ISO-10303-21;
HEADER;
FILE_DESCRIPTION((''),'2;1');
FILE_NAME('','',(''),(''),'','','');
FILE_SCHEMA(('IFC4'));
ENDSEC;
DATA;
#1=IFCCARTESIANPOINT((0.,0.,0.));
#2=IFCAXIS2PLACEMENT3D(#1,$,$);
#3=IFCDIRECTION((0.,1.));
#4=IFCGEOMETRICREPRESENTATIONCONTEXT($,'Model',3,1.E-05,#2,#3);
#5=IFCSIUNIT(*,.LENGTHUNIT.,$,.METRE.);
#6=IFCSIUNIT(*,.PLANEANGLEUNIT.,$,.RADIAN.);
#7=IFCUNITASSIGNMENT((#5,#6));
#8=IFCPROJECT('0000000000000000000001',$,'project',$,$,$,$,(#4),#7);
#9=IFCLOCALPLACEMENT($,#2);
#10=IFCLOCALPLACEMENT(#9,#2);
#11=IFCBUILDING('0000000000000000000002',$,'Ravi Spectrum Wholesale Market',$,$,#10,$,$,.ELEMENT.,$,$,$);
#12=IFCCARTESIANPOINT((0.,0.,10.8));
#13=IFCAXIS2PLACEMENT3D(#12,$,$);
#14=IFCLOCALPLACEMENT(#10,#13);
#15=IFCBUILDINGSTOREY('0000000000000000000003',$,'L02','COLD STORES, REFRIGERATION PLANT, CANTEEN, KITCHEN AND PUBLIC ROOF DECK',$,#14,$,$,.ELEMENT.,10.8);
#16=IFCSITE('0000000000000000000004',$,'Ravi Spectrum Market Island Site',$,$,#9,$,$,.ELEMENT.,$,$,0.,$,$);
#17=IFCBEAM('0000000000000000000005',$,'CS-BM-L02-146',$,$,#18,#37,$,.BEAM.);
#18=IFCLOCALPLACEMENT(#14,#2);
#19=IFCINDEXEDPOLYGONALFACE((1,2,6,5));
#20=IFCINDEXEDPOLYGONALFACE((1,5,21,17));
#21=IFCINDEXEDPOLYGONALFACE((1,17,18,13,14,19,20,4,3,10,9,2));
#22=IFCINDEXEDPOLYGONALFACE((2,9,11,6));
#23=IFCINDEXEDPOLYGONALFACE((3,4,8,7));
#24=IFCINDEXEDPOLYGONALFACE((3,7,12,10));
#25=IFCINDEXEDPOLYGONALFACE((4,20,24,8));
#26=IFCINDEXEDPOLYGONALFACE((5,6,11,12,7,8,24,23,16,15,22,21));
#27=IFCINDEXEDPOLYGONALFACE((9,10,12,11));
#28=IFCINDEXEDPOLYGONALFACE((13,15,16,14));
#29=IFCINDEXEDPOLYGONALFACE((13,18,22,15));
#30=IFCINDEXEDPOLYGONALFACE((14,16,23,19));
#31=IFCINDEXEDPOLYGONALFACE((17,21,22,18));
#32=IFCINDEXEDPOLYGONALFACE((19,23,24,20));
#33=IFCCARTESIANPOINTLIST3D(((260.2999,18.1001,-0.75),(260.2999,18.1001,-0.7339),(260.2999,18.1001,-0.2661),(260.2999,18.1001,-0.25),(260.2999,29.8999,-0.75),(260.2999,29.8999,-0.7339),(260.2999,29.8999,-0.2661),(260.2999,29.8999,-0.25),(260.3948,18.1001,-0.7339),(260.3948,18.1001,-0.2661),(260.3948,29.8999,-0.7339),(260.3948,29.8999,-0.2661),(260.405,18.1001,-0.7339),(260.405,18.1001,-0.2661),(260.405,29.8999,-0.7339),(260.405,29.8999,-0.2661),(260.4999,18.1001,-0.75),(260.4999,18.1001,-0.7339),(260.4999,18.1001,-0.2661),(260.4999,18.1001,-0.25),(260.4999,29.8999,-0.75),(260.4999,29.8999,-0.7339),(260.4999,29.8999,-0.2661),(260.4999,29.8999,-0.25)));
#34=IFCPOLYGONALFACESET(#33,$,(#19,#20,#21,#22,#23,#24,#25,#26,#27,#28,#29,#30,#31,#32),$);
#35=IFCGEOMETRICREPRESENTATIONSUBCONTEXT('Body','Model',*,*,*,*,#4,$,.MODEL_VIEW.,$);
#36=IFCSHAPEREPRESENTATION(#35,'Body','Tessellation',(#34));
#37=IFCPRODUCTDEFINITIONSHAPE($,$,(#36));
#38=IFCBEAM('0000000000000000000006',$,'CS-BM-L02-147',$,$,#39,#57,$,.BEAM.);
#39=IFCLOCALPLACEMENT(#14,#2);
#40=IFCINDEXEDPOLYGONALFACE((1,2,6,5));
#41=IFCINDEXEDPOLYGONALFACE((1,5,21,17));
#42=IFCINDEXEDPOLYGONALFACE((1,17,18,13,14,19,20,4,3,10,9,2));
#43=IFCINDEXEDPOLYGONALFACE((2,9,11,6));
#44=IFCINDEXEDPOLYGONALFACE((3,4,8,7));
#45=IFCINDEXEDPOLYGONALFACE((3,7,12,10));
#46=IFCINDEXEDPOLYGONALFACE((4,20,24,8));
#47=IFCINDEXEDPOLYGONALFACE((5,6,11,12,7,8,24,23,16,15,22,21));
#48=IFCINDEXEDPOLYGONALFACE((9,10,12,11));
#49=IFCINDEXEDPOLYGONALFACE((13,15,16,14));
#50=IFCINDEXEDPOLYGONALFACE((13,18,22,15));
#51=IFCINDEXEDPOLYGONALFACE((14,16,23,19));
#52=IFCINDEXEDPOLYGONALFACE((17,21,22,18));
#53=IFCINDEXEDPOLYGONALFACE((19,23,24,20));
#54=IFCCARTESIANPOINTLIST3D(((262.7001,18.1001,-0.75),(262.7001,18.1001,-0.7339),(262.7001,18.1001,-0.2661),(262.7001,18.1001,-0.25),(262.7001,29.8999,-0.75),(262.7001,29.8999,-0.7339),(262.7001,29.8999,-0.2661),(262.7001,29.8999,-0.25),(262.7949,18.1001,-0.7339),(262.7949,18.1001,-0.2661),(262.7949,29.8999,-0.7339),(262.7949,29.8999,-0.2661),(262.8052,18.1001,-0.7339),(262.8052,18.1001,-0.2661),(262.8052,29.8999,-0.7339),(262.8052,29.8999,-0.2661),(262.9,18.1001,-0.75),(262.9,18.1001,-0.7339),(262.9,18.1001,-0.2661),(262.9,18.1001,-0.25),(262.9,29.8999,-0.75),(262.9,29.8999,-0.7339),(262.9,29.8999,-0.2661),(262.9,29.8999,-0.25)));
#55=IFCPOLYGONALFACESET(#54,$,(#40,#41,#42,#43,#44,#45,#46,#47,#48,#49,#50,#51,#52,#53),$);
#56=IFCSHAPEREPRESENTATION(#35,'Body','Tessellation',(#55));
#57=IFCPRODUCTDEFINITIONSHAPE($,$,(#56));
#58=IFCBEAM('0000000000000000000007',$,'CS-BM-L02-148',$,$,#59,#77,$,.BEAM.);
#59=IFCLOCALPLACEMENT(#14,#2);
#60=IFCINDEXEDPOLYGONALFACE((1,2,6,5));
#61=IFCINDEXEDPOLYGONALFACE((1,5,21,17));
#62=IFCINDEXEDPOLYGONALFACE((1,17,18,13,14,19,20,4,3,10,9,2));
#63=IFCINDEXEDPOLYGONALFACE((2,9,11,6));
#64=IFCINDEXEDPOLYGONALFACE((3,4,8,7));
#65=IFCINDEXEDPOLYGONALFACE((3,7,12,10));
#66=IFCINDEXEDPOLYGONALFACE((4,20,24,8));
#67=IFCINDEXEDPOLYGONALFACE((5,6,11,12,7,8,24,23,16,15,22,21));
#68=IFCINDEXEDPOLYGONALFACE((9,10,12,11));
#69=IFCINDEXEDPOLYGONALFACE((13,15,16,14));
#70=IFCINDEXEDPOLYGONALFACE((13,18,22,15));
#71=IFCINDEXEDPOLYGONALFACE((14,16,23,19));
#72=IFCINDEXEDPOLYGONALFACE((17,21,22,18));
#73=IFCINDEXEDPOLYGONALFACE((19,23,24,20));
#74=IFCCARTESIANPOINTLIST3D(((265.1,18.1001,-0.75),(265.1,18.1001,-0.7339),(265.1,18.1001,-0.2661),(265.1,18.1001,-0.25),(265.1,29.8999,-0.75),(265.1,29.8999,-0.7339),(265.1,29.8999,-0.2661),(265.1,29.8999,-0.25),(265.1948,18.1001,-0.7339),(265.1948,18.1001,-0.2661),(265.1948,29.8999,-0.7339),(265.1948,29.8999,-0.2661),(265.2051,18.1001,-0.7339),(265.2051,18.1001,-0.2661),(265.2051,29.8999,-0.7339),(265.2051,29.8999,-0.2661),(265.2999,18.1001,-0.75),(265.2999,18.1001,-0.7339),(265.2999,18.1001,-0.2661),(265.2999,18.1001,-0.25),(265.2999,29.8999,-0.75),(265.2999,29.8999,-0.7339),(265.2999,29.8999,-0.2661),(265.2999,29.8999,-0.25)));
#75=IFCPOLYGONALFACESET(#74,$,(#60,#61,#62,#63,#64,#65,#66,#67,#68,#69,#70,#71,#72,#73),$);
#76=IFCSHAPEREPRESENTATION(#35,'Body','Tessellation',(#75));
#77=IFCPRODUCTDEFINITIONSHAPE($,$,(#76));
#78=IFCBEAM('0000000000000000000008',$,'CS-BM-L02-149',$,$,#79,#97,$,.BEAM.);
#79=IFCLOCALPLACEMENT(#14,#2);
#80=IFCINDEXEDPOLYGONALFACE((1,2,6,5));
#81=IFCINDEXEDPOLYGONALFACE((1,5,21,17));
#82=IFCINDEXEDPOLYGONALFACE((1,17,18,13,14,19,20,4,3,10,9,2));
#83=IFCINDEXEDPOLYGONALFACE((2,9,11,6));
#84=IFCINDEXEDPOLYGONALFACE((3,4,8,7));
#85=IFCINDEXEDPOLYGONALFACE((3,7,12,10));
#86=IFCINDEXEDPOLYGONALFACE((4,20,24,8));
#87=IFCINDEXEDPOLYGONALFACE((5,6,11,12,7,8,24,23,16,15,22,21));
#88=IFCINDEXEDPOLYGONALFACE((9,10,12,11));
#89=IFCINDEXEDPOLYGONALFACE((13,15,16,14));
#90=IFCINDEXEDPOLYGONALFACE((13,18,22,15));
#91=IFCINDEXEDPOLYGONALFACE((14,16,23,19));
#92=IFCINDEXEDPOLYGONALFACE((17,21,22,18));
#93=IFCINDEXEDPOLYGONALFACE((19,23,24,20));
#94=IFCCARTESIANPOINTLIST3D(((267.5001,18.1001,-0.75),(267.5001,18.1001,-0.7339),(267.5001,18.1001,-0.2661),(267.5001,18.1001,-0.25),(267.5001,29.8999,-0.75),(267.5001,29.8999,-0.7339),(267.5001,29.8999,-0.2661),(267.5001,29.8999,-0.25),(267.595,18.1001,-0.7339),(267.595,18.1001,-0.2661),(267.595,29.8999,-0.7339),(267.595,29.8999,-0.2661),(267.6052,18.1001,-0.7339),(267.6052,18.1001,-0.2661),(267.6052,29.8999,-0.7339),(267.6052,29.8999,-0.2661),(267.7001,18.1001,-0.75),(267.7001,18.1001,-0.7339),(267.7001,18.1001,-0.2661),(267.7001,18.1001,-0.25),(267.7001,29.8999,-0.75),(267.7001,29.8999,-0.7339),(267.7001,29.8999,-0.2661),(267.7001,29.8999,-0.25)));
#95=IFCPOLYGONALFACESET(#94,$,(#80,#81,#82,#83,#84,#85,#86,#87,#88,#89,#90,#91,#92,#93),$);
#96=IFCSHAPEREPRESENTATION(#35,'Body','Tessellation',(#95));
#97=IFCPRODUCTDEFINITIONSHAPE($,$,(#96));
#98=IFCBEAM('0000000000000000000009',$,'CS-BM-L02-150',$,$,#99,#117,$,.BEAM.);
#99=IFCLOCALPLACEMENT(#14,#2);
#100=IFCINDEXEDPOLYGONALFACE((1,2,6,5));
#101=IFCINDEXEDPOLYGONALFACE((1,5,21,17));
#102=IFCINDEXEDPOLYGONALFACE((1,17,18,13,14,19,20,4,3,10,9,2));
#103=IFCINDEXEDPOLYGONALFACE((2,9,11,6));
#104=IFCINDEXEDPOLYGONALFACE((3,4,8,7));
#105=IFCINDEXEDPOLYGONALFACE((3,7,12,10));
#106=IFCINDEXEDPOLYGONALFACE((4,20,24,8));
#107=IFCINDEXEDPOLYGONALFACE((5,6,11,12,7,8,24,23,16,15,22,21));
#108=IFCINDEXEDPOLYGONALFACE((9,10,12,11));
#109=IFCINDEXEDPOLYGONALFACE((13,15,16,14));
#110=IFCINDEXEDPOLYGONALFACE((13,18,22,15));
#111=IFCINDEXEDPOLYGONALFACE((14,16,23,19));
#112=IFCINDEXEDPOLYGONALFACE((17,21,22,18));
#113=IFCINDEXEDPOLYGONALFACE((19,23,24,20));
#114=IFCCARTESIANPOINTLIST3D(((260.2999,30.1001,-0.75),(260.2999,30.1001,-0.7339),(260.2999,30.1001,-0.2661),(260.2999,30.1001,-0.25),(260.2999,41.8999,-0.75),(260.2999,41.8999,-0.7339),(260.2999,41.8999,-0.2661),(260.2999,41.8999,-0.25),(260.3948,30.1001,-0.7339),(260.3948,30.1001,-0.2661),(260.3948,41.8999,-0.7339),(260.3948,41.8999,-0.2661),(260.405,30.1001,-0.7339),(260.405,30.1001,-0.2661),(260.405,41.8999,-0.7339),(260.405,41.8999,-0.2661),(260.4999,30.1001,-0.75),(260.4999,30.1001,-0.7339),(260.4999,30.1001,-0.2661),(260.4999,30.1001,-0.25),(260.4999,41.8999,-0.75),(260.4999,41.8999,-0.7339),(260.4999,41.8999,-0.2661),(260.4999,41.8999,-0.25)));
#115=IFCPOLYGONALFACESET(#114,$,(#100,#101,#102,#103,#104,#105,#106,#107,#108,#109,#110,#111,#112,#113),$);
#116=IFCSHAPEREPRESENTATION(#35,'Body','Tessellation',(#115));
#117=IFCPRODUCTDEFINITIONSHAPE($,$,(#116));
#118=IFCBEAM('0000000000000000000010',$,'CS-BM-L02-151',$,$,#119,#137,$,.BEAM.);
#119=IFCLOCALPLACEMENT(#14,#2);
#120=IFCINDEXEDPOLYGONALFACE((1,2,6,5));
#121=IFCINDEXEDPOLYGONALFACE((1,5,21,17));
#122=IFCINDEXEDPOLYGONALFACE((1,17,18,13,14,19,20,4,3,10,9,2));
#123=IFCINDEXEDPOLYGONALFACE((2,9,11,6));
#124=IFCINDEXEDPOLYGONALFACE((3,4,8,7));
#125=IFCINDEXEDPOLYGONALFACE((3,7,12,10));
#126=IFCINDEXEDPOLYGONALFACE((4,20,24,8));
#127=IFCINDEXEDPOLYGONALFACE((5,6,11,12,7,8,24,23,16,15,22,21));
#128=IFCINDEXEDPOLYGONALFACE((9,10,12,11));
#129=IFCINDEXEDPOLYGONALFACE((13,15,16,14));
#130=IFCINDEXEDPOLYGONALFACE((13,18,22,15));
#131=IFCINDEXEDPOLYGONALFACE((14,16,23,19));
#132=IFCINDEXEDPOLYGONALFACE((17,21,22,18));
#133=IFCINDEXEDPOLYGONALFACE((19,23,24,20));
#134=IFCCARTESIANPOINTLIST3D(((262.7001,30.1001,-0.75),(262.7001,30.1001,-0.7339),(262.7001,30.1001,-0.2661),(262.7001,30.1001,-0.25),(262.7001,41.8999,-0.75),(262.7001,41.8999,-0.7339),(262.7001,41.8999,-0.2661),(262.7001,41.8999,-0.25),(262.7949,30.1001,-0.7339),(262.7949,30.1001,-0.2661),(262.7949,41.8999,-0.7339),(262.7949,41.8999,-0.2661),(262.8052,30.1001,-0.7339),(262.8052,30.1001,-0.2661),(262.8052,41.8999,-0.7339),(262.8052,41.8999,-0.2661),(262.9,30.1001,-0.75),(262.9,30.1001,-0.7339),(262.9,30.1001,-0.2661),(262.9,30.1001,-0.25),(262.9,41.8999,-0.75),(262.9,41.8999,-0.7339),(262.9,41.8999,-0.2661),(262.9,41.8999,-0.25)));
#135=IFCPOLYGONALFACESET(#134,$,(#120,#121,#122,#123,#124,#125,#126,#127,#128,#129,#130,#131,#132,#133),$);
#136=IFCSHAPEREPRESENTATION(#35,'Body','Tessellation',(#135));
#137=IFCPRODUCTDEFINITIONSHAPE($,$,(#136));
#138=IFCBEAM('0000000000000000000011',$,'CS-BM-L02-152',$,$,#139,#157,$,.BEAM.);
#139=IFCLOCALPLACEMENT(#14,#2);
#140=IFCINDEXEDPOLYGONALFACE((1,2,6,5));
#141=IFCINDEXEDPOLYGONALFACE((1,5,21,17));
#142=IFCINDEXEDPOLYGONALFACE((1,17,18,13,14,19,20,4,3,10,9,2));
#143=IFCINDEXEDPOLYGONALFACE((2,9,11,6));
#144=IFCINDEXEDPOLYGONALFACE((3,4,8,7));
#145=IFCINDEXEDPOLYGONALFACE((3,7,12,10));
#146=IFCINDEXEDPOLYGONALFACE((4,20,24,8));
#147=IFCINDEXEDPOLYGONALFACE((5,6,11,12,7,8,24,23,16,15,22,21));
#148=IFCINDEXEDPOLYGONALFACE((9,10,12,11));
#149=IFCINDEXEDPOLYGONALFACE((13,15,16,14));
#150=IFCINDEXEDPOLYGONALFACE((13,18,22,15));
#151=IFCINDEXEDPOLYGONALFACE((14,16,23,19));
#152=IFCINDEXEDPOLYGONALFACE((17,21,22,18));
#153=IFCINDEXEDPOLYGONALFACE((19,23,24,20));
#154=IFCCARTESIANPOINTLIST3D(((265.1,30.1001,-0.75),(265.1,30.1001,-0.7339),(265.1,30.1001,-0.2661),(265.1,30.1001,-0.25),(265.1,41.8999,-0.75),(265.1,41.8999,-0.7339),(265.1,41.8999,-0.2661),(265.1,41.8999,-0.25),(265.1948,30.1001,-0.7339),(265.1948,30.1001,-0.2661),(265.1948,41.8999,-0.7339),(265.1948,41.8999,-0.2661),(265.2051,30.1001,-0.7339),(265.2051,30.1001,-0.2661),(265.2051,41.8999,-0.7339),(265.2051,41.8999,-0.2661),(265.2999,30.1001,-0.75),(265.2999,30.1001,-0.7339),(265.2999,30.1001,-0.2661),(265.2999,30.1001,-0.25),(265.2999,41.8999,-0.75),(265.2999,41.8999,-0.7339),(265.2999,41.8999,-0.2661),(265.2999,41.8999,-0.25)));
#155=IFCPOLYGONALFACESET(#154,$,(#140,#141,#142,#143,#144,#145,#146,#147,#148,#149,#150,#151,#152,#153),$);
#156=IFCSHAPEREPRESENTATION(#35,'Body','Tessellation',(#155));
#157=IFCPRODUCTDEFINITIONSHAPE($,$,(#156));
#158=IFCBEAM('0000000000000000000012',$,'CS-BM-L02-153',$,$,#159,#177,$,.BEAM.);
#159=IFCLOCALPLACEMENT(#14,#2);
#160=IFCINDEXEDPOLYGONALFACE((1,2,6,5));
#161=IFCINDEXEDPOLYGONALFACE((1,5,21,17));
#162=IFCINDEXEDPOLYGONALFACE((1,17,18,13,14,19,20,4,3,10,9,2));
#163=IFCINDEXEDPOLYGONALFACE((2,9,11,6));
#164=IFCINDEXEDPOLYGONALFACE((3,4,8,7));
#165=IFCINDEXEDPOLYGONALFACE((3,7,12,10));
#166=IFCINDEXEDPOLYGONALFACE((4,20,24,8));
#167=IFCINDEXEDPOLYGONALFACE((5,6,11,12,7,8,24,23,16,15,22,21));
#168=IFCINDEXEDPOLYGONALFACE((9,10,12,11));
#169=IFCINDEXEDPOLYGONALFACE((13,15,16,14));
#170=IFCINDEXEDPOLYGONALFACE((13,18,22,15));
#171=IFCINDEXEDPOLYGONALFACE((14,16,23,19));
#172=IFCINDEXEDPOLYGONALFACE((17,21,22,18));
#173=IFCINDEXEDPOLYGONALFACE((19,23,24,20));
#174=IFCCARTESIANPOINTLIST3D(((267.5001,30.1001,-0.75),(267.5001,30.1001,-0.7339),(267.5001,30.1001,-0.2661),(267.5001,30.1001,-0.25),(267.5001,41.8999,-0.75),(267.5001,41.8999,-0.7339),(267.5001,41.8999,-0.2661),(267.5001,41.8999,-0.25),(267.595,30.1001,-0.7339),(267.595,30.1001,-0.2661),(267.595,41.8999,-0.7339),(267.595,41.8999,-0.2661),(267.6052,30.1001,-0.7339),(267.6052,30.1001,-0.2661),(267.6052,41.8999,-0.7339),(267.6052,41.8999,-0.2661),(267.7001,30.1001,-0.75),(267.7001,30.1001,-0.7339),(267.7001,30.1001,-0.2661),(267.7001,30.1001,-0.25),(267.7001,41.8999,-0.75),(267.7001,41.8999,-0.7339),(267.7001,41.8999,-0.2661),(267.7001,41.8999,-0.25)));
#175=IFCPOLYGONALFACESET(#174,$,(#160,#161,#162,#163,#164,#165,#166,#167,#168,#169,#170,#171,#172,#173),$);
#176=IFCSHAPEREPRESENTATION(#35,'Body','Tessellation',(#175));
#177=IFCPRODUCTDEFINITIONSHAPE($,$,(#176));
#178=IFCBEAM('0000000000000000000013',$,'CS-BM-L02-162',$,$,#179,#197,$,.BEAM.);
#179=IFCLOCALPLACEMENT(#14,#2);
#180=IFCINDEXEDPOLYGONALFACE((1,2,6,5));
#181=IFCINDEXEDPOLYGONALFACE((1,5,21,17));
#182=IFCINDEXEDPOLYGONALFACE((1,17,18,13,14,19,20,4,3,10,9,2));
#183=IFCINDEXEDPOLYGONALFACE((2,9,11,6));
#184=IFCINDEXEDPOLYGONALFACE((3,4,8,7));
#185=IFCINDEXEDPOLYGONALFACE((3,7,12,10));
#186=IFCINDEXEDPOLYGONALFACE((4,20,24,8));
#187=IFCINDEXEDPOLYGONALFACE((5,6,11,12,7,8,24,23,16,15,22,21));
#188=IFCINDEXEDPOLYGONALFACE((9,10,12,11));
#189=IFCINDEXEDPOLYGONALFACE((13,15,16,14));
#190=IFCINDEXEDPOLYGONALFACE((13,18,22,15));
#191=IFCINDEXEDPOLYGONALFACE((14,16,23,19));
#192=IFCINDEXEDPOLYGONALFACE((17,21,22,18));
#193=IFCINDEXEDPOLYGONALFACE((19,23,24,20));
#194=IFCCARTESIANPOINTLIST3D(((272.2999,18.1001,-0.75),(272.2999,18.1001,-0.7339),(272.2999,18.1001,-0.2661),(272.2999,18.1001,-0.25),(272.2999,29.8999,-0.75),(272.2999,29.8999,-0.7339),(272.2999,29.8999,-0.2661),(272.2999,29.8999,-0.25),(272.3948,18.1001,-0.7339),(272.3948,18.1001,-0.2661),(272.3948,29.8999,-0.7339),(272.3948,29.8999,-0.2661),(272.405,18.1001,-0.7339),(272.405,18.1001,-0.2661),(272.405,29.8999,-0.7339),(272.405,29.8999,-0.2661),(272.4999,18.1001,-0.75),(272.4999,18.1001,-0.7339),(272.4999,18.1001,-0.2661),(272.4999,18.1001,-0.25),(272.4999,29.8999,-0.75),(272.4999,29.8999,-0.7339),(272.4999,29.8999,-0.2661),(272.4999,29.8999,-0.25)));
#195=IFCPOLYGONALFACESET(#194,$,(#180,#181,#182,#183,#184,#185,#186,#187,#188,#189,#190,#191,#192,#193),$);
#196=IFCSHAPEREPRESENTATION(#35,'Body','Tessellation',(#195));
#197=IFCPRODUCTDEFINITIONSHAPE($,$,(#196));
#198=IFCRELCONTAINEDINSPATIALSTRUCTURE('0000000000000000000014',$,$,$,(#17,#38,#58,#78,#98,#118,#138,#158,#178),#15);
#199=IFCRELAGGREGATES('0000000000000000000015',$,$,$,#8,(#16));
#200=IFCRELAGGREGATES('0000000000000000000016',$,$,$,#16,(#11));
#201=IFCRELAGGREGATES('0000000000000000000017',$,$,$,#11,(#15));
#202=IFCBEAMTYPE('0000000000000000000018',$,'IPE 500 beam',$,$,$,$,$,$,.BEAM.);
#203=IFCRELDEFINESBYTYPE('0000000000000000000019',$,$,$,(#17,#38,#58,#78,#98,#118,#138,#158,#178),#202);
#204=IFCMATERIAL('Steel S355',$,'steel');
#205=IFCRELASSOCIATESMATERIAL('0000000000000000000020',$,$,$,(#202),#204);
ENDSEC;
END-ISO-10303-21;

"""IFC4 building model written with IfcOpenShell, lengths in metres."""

from ifc_helpers import new_model, si_unit, direction, frame, origin, origin_2d, place, context, subcontext, project, spatial, i_section, extrude, material, material_profile, profile_set, type_object, element, save


model = new_model("IFC4")

# Units and contexts
model_context = context("Model", 3, precision=1e-05, world=origin(), true_north=direction((0.0, 1.0)))
body_context = subcontext(model_context, "Body", "Model", "MODEL_VIEW")
ifc_project = project(units=[si_unit("LENGTHUNIT", "METRE"), si_unit("PLANEANGLEUNIT", "RADIAN")], contexts=[model_context])

# Site, building, storey
site_placement = place(None, origin())
site = spatial("IfcSite", under=ifc_project, at=site_placement, Name="Ravi Spectrum Market Island Site", CompositionType="ELEMENT", RefElevation=0.0)
building_placement = place(site_placement, origin())
building = spatial("IfcBuilding", under=site, at=building_placement, Name="Ravi Spectrum Wholesale Market", CompositionType="ELEMENT")
storey_placement = place(building_placement, frame((0.0, 0.0, 10.8)))
storey = spatial("IfcBuildingStorey", under=building, at=storey_placement, Name="L02", Description="COLD STORES, REFRIGERATION PLANT, CANTEEN, KITCHEN AND PUBLIC ROOF DECK", CompositionType="ELEMENT", Elevation=10.8)

# Beams
ifc_material_1 = material(Name="Steel S355", Category="steel")
ifc_material_profile_1 = material_profile(ifc_material_1, i_section(OverallWidth=0.2, OverallDepth=0.5, WebThickness=0.0103, FlangeThickness=0.0161, at=origin_2d()))
ifc_profile_set_1 = profile_set([ifc_material_profile_1], Name="Steel S355")
beam_type_1 = type_object("IfcBeamType", Name="IPE 500 beam", PredefinedType="BEAM", material=ifc_profile_set_1)
for number, where, z_axis, x_axis, name in (
    (1, (260.3999, 18.1001, -0.5), (0.0, 1.0, 0.0), (-1.0, 0.0, 0.0), "CS-BM-L02-146"),
    (2, (262.8, 18.1001, -0.5), (0.0, 1.0, 0.0), (-1.0, 0.0, 0.0), "CS-BM-L02-147"),
    (3, (265.2, 18.1001, -0.5), (0.0, 1.0, 0.0), (-1.0, 0.0, 0.0), "CS-BM-L02-148"),
    (4, (267.6001, 18.1001, -0.5), (0.0, 1.0, 0.0), (-1.0, 0.0, 0.0), "CS-BM-L02-149"),
    (5, (260.3999, 30.1001, -0.5), (0.0, 1.0, 0.0), (-1.0, 0.0, 0.0), "CS-BM-L02-150"),
    (6, (262.8, 30.1001, -0.5), (0.0, 1.0, 0.0), (-1.0, 0.0, 0.0), "CS-BM-L02-151"),
    (7, (265.2, 30.1001, -0.5), (0.0, 1.0, 0.0), (-1.0, 0.0, 0.0), "CS-BM-L02-152"),
    (8, (267.6001, 30.1001, -0.5), (0.0, 1.0, 0.0), (-1.0, 0.0, 0.0), "CS-BM-L02-153"),
    (9, (272.3999, 18.1001, -0.5), (0.0, 1.0, 0.0), (-1.0, 0.0, 0.0), "CS-BM-L02-162"),
):
    element("IfcBeam", number, at=place(storey_placement, frame(where, z_axis=z_axis, x_axis=x_axis)), inside=storey, type_object=beam_type_1, Name=name, PredefinedType="BEAM", context=body_context, shape_type="SweptSolid", body=[
        extrude(i_section(OverallWidth=0.2, OverallDepth=0.5, WebThickness=0.0103, FlangeThickness=0.0161, at=origin_2d()), origin(), (0.0, 0.0, 1.0), 11.7998),
    ])

save(model, "model.ifc")
